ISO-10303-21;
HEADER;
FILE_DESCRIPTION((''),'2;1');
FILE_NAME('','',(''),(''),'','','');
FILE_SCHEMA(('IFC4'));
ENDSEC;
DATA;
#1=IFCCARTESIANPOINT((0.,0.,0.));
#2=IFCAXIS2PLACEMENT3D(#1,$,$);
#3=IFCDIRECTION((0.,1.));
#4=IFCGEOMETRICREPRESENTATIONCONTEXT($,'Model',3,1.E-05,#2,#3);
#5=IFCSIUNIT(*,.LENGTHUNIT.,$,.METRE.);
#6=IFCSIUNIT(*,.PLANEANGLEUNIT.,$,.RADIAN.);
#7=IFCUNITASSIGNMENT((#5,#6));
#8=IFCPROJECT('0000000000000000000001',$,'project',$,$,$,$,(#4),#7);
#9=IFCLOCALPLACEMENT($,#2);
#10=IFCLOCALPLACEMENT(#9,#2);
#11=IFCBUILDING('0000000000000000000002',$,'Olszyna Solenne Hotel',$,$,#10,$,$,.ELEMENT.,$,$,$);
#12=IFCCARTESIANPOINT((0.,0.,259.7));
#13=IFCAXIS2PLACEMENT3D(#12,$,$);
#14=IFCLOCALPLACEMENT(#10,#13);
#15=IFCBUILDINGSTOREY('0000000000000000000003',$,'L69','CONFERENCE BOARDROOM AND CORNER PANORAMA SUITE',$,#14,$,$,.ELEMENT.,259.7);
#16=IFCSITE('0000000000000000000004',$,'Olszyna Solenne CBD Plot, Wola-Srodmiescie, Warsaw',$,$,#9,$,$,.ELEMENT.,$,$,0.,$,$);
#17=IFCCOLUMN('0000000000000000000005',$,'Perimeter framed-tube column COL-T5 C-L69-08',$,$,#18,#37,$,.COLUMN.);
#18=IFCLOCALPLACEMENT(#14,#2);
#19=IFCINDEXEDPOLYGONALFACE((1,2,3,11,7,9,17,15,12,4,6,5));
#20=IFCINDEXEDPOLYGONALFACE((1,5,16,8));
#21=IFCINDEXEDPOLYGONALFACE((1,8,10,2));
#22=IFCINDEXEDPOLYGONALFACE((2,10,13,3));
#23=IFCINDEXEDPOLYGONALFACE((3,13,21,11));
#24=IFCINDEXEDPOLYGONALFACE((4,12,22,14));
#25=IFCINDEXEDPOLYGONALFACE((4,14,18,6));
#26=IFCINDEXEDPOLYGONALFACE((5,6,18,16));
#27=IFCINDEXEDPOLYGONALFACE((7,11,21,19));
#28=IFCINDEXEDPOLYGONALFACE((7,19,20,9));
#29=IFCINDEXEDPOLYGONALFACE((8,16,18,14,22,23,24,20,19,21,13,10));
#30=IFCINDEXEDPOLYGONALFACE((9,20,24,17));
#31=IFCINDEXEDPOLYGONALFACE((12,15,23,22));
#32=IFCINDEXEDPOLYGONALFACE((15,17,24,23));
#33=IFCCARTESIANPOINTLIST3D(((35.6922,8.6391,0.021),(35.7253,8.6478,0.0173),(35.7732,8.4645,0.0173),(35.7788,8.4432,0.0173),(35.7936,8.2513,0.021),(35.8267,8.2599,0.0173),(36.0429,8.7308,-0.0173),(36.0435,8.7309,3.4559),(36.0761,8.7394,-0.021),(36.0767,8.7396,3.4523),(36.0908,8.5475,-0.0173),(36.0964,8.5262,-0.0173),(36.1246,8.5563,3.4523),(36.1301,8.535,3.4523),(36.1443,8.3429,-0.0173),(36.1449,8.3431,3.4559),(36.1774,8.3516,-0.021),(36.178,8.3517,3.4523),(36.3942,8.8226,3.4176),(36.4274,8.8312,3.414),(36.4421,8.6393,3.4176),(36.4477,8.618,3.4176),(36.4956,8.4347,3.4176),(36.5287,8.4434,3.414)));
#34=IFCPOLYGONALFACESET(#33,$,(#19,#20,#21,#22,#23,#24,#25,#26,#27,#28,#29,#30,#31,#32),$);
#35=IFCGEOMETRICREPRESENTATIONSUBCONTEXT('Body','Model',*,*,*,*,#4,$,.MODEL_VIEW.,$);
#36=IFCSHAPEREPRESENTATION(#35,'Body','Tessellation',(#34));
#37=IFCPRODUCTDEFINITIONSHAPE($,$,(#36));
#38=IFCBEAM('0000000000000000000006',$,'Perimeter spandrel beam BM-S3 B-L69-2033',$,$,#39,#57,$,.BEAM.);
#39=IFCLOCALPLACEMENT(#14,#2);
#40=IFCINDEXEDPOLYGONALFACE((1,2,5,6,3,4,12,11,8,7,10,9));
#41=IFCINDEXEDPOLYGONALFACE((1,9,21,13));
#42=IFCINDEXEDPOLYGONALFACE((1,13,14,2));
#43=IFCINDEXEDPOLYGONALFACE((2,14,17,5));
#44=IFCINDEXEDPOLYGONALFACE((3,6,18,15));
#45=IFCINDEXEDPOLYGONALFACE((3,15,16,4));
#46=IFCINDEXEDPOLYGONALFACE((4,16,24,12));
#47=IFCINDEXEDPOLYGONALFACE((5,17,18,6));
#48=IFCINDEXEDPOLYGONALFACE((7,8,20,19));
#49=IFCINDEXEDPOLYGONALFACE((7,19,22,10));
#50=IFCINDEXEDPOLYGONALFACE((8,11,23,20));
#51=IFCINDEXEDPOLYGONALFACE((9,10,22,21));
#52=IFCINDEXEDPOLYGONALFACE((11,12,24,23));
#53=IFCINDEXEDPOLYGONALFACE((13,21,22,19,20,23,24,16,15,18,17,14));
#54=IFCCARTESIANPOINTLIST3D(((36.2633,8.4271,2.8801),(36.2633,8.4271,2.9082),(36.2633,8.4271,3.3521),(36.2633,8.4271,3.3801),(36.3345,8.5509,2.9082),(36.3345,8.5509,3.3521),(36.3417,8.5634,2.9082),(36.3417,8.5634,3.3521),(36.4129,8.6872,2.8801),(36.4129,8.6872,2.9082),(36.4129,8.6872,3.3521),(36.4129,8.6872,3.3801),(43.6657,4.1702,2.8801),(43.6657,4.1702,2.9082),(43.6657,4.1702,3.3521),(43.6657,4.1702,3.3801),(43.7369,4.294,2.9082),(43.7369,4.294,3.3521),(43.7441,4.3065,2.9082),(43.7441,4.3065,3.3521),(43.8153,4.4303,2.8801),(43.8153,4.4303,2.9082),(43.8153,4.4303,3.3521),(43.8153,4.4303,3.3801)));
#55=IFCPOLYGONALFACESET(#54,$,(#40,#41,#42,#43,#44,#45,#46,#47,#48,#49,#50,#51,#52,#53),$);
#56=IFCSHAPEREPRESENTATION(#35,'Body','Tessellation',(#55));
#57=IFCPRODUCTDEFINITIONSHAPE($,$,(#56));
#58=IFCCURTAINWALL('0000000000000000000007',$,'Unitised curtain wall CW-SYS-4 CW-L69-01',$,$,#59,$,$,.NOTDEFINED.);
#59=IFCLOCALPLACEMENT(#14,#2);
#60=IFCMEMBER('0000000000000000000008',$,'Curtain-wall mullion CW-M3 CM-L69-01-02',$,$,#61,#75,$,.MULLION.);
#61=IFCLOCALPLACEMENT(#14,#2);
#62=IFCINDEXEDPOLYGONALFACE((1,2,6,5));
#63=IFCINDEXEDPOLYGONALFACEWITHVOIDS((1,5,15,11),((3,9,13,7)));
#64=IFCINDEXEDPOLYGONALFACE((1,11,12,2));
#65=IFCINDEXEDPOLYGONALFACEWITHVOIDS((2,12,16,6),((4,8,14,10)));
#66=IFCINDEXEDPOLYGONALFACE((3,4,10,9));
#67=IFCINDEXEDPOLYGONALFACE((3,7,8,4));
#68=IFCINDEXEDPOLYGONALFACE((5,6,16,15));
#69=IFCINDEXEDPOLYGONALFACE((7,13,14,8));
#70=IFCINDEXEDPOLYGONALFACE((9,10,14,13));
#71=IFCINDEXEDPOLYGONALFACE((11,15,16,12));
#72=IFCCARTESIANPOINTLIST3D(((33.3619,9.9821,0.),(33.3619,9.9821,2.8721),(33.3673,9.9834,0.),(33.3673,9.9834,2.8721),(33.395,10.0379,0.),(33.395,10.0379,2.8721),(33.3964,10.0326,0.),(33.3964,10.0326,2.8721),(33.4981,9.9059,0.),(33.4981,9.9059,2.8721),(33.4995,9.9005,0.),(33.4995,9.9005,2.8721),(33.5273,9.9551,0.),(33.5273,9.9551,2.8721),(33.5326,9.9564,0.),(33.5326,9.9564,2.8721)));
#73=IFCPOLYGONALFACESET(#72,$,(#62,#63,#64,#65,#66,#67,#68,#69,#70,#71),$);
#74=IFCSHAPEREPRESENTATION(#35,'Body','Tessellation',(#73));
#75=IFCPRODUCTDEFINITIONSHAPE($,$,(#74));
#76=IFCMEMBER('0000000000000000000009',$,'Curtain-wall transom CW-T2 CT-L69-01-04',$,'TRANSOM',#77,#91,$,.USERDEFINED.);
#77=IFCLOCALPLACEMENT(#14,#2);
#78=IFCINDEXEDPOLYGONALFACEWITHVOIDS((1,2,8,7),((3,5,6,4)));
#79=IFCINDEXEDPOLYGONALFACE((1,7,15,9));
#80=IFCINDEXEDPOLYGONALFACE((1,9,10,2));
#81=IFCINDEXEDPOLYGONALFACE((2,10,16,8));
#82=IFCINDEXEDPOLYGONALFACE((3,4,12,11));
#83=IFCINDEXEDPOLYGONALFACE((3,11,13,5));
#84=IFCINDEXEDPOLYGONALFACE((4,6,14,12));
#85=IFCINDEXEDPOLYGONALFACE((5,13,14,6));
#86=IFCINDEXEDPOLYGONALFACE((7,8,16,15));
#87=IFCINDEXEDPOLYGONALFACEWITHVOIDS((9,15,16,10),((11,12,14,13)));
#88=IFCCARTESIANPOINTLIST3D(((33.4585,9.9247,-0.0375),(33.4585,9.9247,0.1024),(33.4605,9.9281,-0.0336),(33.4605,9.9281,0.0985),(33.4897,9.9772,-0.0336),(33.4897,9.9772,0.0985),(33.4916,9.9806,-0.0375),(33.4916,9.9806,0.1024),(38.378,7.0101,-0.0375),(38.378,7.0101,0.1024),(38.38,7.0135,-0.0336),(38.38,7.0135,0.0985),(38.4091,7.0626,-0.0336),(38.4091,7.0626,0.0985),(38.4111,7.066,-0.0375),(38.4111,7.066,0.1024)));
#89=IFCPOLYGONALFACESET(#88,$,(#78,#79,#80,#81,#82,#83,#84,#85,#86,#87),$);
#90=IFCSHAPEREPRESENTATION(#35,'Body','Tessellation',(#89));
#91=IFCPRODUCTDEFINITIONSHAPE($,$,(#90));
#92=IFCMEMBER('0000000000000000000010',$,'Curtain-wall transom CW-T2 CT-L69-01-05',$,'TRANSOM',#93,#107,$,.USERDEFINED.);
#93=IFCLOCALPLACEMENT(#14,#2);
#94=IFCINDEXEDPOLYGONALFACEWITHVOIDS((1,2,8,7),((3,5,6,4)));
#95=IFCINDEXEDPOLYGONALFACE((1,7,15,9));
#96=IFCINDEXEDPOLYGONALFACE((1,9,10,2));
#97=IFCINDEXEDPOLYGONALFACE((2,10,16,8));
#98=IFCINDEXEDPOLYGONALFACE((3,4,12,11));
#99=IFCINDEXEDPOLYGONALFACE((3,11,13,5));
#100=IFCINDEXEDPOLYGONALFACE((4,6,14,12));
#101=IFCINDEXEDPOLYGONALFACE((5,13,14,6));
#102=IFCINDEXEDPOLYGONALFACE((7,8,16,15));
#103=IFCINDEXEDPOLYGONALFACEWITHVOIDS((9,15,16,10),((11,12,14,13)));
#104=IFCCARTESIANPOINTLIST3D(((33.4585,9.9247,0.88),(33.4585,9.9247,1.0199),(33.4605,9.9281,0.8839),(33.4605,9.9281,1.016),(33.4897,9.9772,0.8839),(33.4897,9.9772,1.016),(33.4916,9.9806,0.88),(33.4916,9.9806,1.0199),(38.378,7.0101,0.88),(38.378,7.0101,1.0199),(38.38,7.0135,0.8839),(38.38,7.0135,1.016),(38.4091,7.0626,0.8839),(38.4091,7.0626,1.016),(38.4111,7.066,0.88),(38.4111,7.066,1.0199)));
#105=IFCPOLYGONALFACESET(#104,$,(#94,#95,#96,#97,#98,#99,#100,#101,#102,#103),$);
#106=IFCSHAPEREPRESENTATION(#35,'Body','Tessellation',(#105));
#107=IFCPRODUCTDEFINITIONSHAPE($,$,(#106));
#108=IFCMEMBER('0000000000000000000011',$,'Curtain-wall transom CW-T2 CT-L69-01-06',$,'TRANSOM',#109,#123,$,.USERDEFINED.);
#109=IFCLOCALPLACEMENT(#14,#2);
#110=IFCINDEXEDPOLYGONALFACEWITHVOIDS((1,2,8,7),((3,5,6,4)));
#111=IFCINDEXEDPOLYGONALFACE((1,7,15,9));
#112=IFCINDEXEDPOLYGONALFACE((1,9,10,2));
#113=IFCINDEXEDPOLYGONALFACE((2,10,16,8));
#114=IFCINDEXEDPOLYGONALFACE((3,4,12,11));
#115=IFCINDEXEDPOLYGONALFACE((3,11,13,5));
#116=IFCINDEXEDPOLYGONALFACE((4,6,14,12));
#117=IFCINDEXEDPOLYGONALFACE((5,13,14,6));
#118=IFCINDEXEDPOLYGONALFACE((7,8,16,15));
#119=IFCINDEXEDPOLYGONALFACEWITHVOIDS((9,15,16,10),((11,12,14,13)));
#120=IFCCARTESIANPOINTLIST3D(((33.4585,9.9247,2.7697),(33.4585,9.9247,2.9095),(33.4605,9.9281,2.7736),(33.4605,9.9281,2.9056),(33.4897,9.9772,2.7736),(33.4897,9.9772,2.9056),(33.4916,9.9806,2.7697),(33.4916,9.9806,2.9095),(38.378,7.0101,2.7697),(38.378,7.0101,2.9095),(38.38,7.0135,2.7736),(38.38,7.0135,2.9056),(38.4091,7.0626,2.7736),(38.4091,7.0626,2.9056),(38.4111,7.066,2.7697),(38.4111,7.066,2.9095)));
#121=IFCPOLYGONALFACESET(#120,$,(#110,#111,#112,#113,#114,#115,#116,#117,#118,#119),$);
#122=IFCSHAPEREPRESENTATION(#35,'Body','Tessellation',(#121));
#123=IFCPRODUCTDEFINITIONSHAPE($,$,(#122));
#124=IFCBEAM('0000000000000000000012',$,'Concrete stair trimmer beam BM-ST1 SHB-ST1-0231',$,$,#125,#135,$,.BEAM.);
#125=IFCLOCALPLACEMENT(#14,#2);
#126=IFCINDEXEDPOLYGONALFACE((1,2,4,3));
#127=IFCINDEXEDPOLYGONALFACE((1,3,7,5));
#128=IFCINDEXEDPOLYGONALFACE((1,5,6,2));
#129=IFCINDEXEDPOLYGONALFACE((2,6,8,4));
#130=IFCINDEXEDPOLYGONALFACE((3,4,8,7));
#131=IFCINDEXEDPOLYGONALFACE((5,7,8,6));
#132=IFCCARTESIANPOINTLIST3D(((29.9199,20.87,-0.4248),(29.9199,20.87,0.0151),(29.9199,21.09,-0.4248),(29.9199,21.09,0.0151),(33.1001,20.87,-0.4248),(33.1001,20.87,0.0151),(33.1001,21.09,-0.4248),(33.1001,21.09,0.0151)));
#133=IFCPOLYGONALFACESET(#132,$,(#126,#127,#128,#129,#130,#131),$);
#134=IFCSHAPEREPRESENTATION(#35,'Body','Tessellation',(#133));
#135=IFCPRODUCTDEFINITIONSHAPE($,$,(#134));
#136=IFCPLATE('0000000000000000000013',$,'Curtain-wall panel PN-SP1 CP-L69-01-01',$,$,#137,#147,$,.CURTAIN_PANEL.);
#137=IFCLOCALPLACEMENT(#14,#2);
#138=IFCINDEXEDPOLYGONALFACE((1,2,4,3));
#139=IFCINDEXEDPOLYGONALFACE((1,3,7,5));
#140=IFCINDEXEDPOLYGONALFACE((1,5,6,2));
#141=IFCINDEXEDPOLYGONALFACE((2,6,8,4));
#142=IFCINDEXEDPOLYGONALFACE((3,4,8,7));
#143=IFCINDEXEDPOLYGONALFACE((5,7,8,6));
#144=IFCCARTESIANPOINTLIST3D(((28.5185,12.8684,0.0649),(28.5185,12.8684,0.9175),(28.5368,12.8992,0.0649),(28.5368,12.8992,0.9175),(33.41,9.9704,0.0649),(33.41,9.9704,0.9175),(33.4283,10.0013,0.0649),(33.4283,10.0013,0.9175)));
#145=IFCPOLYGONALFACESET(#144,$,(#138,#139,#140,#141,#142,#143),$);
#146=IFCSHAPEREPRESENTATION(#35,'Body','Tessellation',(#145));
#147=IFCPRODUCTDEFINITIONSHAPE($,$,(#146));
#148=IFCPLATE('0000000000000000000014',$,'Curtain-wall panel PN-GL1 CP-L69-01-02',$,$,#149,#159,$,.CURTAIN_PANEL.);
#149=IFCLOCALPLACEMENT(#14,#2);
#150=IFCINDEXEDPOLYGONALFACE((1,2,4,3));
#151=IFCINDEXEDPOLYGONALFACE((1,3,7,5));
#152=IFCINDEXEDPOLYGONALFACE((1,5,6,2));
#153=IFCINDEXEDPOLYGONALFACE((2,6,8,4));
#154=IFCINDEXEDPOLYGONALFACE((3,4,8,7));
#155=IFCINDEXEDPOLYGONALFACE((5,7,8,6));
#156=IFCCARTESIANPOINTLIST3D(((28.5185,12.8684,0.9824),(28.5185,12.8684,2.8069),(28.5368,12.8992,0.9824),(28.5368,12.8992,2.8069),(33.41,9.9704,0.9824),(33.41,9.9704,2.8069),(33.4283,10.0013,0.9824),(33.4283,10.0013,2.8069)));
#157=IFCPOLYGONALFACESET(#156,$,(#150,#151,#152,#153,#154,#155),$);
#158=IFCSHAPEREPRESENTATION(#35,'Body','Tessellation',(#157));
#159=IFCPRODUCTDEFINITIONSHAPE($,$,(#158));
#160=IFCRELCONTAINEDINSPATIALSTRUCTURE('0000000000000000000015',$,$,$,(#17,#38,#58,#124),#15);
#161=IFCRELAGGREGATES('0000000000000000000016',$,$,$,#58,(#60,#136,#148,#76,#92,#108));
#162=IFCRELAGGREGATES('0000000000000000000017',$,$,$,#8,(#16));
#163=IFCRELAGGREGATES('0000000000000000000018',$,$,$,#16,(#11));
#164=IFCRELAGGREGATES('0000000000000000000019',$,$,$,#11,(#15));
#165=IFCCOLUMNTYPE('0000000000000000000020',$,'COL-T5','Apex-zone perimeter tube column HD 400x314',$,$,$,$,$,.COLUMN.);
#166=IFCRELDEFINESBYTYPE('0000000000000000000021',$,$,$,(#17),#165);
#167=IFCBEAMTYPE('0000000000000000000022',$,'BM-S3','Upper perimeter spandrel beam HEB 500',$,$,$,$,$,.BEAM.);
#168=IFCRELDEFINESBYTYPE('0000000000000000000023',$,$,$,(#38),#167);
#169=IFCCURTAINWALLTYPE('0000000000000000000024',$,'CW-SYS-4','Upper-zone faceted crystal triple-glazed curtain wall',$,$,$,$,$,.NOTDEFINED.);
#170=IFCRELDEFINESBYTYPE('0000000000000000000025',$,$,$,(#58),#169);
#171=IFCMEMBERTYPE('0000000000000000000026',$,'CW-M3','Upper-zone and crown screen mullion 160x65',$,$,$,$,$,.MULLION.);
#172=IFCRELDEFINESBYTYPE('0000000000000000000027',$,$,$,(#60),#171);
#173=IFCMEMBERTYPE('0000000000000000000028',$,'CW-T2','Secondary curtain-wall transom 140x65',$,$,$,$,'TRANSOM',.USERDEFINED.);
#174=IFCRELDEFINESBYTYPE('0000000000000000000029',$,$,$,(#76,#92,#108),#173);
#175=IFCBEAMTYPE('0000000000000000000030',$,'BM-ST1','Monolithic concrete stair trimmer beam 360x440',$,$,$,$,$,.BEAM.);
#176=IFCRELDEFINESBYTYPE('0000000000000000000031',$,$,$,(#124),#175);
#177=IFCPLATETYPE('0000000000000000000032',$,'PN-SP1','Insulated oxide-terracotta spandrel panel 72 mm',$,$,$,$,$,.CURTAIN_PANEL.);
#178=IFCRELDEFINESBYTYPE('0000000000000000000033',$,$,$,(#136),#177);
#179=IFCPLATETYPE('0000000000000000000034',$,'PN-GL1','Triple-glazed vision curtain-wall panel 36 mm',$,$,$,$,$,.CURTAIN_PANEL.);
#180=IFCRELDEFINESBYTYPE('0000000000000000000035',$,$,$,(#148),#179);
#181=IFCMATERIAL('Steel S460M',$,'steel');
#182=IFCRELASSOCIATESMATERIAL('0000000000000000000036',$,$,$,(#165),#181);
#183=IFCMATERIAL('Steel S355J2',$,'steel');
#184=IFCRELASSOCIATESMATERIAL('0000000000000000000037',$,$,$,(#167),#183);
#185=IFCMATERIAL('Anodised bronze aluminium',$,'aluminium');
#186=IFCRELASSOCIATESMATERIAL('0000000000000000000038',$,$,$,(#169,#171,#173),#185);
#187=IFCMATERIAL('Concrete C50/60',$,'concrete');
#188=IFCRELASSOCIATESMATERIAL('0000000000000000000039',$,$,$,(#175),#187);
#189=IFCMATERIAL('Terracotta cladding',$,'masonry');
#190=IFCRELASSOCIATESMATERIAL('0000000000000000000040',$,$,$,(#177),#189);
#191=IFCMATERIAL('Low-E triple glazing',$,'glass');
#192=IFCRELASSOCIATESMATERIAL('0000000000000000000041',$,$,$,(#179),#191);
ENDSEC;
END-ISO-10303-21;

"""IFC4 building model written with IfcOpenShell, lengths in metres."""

from ifc_helpers import new_model, si_unit, direction, frame, origin, origin_2d, place, context, subcontext, project, spatial, rectangle, hollow_rectangle, i_section, extrude, source, transform, mapped, material, material_profile, profile_set, type_object, element, aggregate, save


model = new_model("IFC4")

# Units and contexts
model_context = context("Model", 3, precision=1e-05, world=origin(), true_north=direction((0.0, 1.0)))
body_context = subcontext(model_context, "Body", "Model", "MODEL_VIEW")
ifc_project = project(units=[si_unit("LENGTHUNIT", "METRE"), si_unit("PLANEANGLEUNIT", "RADIAN")], contexts=[model_context])

# Site, building, storey
site_placement = place(None, origin())
site = spatial("IfcSite", under=ifc_project, at=site_placement, Name="Olszyna Solenne CBD Plot, Wola-Srodmiescie, Warsaw", CompositionType="ELEMENT", RefElevation=0.0)
building_placement = place(site_placement, origin())
building = spatial("IfcBuilding", under=site, at=building_placement, Name="Olszyna Solenne Hotel", CompositionType="ELEMENT")
storey_placement = place(building_placement, frame((0.0, 0.0, 259.7)))
storey = spatial("IfcBuildingStorey", under=building, at=storey_placement, Name="L69", Description="CONFERENCE BOARDROOM AND CORNER PANORAMA SUITE", CompositionType="ELEMENT", Elevation=259.7)

# Column
ifc_material_1 = material(Name="Steel S460M", Category="steel")
ifc_material_profile_1 = material_profile(ifc_material_1, i_section(OverallWidth=0.4009, OverallDepth=0.3989, WebThickness=0.022, FlangeThickness=0.0344, at=origin_2d()), Name="HD 400x314", Category="load-bearing")
ifc_profile_set_1 = profile_set([ifc_material_profile_1], Name="Steel S460M")
column_type = type_object("IfcColumnType", Name="COL-T5", Description="Apex-zone perimeter tube column HD 400x314", PredefinedType="COLUMN", material=ifc_profile_set_1)
shared_shape_1 = source(origin(), body_context, "Body", "SweptSolid", [
    extrude(i_section(OverallWidth=0.4009, OverallDepth=0.3989, WebThickness=0.022, FlangeThickness=0.0344, at=origin_2d()), origin(), (0.0, 0.0, 1.0), 3.4541),
])
column_placement = place(storey_placement, frame((35.9348, 8.4954, 0.0), z_axis=(0.101708, 0.026575, 0.994459), x_axis=(-0.252805, 0.967517, 0.0)))
element("IfcColumn", 1, at=column_placement, inside=storey, type_object=column_type, Name="Perimeter framed-tube column COL-T5 C-L69-08", PredefinedType="COLUMN", context=body_context, shape_type="MappedRepresentation", body=[
    mapped(shared_shape_1, transform((0.0, 0.0, 0.0), x_axis=(1.0, 0.0, 0.0), y_axis=(0.0, 1.0, 0.0), z_axis=(0.0, 0.0, 1.0), scale=1.0)),
])

# Beam
ifc_material_2 = material(Name="Steel S355J2", Category="steel")
ifc_material_profile_2 = material_profile(ifc_material_2, i_section(OverallWidth=0.3, OverallDepth=0.5, WebThickness=0.0144, FlangeThickness=0.0281, at=origin_2d()), Name="HEB 500", Category="load-bearing")
ifc_profile_set_2 = profile_set([ifc_material_profile_2], Name="Steel S355J2")
beam_type_1 = type_object("IfcBeamType", Name="BM-S3", Description="Upper perimeter spandrel beam HEB 500", PredefinedType="BEAM", material=ifc_profile_set_2)
shared_shape_2 = source(origin(), body_context, "Body", "SweptSolid", [
    extrude(i_section(OverallWidth=0.3, OverallDepth=0.5, WebThickness=0.0144, FlangeThickness=0.0281, at=origin_2d()), origin(), (0.0, 0.0, 1.0), 8.5391),
])
beam_1_placement = place(storey_placement, frame((36.3381, 8.5571, 3.1301), z_axis=(0.866882, -0.498514, 0.0), x_axis=(0.498514, 0.866882, 0.0)))
element("IfcBeam", 2, at=beam_1_placement, inside=storey, type_object=beam_type_1, Name="Perimeter spandrel beam BM-S3 B-L69-2033", PredefinedType="BEAM", context=body_context, shape_type="MappedRepresentation", body=[
    mapped(shared_shape_2, transform((0.0, 0.0, 0.0), x_axis=(1.0, 0.0, 0.0), y_axis=(0.0, 1.0, 0.0), z_axis=(0.0, 0.0, 1.0), scale=1.0)),
])

# Curtain wall, members
ifc_material_3 = material(Name="Anodised bronze aluminium", Category="aluminium")
curtain_wall_type = type_object("IfcCurtainWallType", Name="CW-SYS-4", Description="Upper-zone faceted crystal triple-glazed curtain wall", PredefinedType="NOTDEFINED", material=ifc_material_3)
curtain_wall_placement = place(storey_placement, origin())
curtain_wall = element("IfcCurtainWall", 3, at=curtain_wall_placement, inside=storey, type_object=curtain_wall_type, Name="Unitised curtain wall CW-SYS-4 CW-L69-01", PredefinedType="NOTDEFINED")
ifc_material_profile_3 = material_profile(ifc_material_3, hollow_rectangle(XDim=0.0649, YDim=0.1599, WallThickness=0.0039, at=origin_2d()), Name="MULL 160x65x4", Category="load-bearing")
ifc_profile_set_3 = profile_set([ifc_material_profile_3], Name="Anodised bronze aluminium")
member_type_1 = type_object("IfcMemberType", Name="CW-M3", Description="Upper-zone and crown screen mullion 160x65", PredefinedType="MULLION", material=ifc_profile_set_3)
shared_shape_3 = source(origin(), body_context, "Body", "SweptSolid", [
    extrude(hollow_rectangle(XDim=0.0649, YDim=0.1599, WallThickness=0.0039, at=origin_2d()), origin(), (0.0, 0.0, 1.0), 2.8721),
])
member_1_placement = place(storey_placement, frame((33.4473, 9.9692, 0.0), z_axis=(0.0, 0.0, 1.0), x_axis=(0.509709, 0.860347, 0.0)))
member_1 = element("IfcMember", 4, at=member_1_placement, type_object=member_type_1, Name="Curtain-wall mullion CW-M3 CM-L69-01-02", PredefinedType="MULLION", context=body_context, shape_type="MappedRepresentation", body=[
    mapped(shared_shape_3, transform((0.0, 0.0, 0.0), x_axis=(1.0, 0.0, 0.0), y_axis=(0.0, 1.0, 0.0), z_axis=(0.0, 0.0, 1.0), scale=1.0)),
])
ifc_material_profile_4 = material_profile(ifc_material_3, hollow_rectangle(XDim=0.0649, YDim=0.1399, WallThickness=0.0039, at=origin_2d()), Name="TRAN 140x65x4", Category="load-bearing")
ifc_profile_set_4 = profile_set([ifc_material_profile_4], Name="Anodised bronze aluminium")
member_type_2 = type_object("IfcMemberType", Name="CW-T2", Description="Secondary curtain-wall transom 140x65", ElementType="TRANSOM", PredefinedType="USERDEFINED", material=ifc_profile_set_4)
shared_shape_4 = source(origin(), body_context, "Body", "SweptSolid", [
    extrude(hollow_rectangle(XDim=0.0649, YDim=0.1399, WallThickness=0.0039, at=origin_2d()), origin(), (0.0, 0.0, 1.0), 5.718),
])
member_2_placement = place(storey_placement, frame((33.4751, 9.9526, 0.0325), z_axis=(0.860343, -0.509716, 0.0), x_axis=(0.509716, 0.860343, 0.0)))
member_2 = element("IfcMember", 5, at=member_2_placement, type_object=member_type_2, Name="Curtain-wall transom CW-T2 CT-L69-01-04", ObjectType="TRANSOM", PredefinedType="USERDEFINED", context=body_context, shape_type="MappedRepresentation", body=[
    mapped(shared_shape_4, transform((0.0, 0.0, 0.0), x_axis=(1.0, 0.0, 0.0), y_axis=(0.0, 1.0, 0.0), z_axis=(0.0, 0.0, 1.0), scale=1.0)),
])
member_3_placement = place(storey_placement, frame((33.4751, 9.9526, 0.95), z_axis=(0.860343, -0.509716, 0.0), x_axis=(0.509716, 0.860343, 0.0)))
member_3 = element("IfcMember", 6, at=member_3_placement, type_object=member_type_2, Name="Curtain-wall transom CW-T2 CT-L69-01-05", ObjectType="TRANSOM", PredefinedType="USERDEFINED", context=body_context, shape_type="MappedRepresentation", body=[
    mapped(shared_shape_4, transform((0.0, 0.0, 0.0), x_axis=(1.0, 0.0, 0.0), y_axis=(0.0, 1.0, 0.0), z_axis=(0.0, 0.0, 1.0), scale=1.0)),
])
member_4_placement = place(storey_placement, frame((33.4751, 9.9526, 2.8396), z_axis=(0.860343, -0.509716, 0.0), x_axis=(0.509716, 0.860343, 0.0)))
member_4 = element("IfcMember", 7, at=member_4_placement, type_object=member_type_2, Name="Curtain-wall transom CW-T2 CT-L69-01-06", ObjectType="TRANSOM", PredefinedType="USERDEFINED", context=body_context, shape_type="MappedRepresentation", body=[
    mapped(shared_shape_4, transform((0.0, 0.0, 0.0), x_axis=(1.0, 0.0, 0.0), y_axis=(0.0, 1.0, 0.0), z_axis=(0.0, 0.0, 1.0), scale=1.0)),
])

# Beam
ifc_material_4 = material(Name="Concrete C50/60", Category="concrete")
ifc_material_profile_5 = material_profile(ifc_material_4, rectangle(XDim=0.22, YDim=0.4399, at=origin_2d()), Name="RC 220x440", Category="load-bearing")
ifc_profile_set_5 = profile_set([ifc_material_profile_5], Name="Concrete C50/60")
beam_type_2 = type_object("IfcBeamType", Name="BM-ST1", Description="Monolithic concrete stair trimmer beam 360x440", PredefinedType="BEAM", material=ifc_profile_set_5)
shared_shape_5 = source(origin(), body_context, "Body", "SweptSolid", [
    extrude(rectangle(XDim=0.22, YDim=0.4399, at=origin_2d()), origin(), (0.0, 0.0, 1.0), 3.1802),
])
beam_2_placement = place(storey_placement, frame((33.1001, 20.98, -0.2048), z_axis=(-1.0, 0.0, 0.0), x_axis=(0.0, -1.0, 0.0)))
element("IfcBeam", 8, at=beam_2_placement, inside=storey, type_object=beam_type_2, Name="Concrete stair trimmer beam BM-ST1 SHB-ST1-0231", PredefinedType="BEAM", context=body_context, shape_type="MappedRepresentation", body=[
    mapped(shared_shape_5, transform((0.0, 0.0, 0.0), x_axis=(1.0, 0.0, 0.0), y_axis=(0.0, 1.0, 0.0), z_axis=(0.0, 0.0, 1.0), scale=1.0)),
])

# Plates
ifc_material_5 = material(Name="Terracotta cladding", Category="masonry")
plate_type_1 = type_object("IfcPlateType", Name="PN-SP1", Description="Insulated oxide-terracotta spandrel panel 72 mm", PredefinedType="CURTAIN_PANEL", material=ifc_material_5)
shared_shape_6 = source(origin(), body_context, "Body", "SweptSolid", [
    extrude(rectangle(XDim=5.6855, YDim=0.0359, at=origin_2d()), origin(), (0.0, 0.0, 1.0), 0.8525),
])
plate_1_placement = place(storey_placement, frame((30.9734, 11.4348, 0.0649), z_axis=(0.0, 0.0, 1.0), x_axis=(0.860347, -0.509709, 0.0)))
plate_1 = element("IfcPlate", 9, at=plate_1_placement, type_object=plate_type_1, Name="Curtain-wall panel PN-SP1 CP-L69-01-01", PredefinedType="CURTAIN_PANEL", context=body_context, shape_type="MappedRepresentation", body=[
    mapped(shared_shape_6, transform((0.0, 0.0, 0.0), x_axis=(1.0, 0.0, 0.0), y_axis=(0.0, 1.0, 0.0), z_axis=(0.0, 0.0, 1.0), scale=1.0)),
])
ifc_material_6 = material(Name="Low-E triple glazing", Category="glass")
plate_type_2 = type_object("IfcPlateType", Name="PN-GL1", Description="Triple-glazed vision curtain-wall panel 36 mm", PredefinedType="CURTAIN_PANEL", material=ifc_material_6)
shared_shape_7 = source(origin(), body_context, "Body", "SweptSolid", [
    extrude(rectangle(XDim=5.6855, YDim=0.0359, at=origin_2d()), origin(), (0.0, 0.0, 1.0), 1.8245),
])
plate_2_placement = place(storey_placement, frame((30.9734, 11.4348, 0.9824), z_axis=(0.0, 0.0, 1.0), x_axis=(0.860347, -0.509709, 0.0)))
plate_2 = element("IfcPlate", 10, at=plate_2_placement, type_object=plate_type_2, Name="Curtain-wall panel PN-GL1 CP-L69-01-02", PredefinedType="CURTAIN_PANEL", context=body_context, shape_type="MappedRepresentation", body=[
    mapped(shared_shape_7, transform((0.0, 0.0, 0.0), x_axis=(1.0, 0.0, 0.0), y_axis=(0.0, 1.0, 0.0), z_axis=(0.0, 0.0, 1.0), scale=1.0)),
])
aggregate(curtain_wall, [member_1, plate_1, plate_2, member_2, member_3, member_4])

save(model, "model.ifc")
